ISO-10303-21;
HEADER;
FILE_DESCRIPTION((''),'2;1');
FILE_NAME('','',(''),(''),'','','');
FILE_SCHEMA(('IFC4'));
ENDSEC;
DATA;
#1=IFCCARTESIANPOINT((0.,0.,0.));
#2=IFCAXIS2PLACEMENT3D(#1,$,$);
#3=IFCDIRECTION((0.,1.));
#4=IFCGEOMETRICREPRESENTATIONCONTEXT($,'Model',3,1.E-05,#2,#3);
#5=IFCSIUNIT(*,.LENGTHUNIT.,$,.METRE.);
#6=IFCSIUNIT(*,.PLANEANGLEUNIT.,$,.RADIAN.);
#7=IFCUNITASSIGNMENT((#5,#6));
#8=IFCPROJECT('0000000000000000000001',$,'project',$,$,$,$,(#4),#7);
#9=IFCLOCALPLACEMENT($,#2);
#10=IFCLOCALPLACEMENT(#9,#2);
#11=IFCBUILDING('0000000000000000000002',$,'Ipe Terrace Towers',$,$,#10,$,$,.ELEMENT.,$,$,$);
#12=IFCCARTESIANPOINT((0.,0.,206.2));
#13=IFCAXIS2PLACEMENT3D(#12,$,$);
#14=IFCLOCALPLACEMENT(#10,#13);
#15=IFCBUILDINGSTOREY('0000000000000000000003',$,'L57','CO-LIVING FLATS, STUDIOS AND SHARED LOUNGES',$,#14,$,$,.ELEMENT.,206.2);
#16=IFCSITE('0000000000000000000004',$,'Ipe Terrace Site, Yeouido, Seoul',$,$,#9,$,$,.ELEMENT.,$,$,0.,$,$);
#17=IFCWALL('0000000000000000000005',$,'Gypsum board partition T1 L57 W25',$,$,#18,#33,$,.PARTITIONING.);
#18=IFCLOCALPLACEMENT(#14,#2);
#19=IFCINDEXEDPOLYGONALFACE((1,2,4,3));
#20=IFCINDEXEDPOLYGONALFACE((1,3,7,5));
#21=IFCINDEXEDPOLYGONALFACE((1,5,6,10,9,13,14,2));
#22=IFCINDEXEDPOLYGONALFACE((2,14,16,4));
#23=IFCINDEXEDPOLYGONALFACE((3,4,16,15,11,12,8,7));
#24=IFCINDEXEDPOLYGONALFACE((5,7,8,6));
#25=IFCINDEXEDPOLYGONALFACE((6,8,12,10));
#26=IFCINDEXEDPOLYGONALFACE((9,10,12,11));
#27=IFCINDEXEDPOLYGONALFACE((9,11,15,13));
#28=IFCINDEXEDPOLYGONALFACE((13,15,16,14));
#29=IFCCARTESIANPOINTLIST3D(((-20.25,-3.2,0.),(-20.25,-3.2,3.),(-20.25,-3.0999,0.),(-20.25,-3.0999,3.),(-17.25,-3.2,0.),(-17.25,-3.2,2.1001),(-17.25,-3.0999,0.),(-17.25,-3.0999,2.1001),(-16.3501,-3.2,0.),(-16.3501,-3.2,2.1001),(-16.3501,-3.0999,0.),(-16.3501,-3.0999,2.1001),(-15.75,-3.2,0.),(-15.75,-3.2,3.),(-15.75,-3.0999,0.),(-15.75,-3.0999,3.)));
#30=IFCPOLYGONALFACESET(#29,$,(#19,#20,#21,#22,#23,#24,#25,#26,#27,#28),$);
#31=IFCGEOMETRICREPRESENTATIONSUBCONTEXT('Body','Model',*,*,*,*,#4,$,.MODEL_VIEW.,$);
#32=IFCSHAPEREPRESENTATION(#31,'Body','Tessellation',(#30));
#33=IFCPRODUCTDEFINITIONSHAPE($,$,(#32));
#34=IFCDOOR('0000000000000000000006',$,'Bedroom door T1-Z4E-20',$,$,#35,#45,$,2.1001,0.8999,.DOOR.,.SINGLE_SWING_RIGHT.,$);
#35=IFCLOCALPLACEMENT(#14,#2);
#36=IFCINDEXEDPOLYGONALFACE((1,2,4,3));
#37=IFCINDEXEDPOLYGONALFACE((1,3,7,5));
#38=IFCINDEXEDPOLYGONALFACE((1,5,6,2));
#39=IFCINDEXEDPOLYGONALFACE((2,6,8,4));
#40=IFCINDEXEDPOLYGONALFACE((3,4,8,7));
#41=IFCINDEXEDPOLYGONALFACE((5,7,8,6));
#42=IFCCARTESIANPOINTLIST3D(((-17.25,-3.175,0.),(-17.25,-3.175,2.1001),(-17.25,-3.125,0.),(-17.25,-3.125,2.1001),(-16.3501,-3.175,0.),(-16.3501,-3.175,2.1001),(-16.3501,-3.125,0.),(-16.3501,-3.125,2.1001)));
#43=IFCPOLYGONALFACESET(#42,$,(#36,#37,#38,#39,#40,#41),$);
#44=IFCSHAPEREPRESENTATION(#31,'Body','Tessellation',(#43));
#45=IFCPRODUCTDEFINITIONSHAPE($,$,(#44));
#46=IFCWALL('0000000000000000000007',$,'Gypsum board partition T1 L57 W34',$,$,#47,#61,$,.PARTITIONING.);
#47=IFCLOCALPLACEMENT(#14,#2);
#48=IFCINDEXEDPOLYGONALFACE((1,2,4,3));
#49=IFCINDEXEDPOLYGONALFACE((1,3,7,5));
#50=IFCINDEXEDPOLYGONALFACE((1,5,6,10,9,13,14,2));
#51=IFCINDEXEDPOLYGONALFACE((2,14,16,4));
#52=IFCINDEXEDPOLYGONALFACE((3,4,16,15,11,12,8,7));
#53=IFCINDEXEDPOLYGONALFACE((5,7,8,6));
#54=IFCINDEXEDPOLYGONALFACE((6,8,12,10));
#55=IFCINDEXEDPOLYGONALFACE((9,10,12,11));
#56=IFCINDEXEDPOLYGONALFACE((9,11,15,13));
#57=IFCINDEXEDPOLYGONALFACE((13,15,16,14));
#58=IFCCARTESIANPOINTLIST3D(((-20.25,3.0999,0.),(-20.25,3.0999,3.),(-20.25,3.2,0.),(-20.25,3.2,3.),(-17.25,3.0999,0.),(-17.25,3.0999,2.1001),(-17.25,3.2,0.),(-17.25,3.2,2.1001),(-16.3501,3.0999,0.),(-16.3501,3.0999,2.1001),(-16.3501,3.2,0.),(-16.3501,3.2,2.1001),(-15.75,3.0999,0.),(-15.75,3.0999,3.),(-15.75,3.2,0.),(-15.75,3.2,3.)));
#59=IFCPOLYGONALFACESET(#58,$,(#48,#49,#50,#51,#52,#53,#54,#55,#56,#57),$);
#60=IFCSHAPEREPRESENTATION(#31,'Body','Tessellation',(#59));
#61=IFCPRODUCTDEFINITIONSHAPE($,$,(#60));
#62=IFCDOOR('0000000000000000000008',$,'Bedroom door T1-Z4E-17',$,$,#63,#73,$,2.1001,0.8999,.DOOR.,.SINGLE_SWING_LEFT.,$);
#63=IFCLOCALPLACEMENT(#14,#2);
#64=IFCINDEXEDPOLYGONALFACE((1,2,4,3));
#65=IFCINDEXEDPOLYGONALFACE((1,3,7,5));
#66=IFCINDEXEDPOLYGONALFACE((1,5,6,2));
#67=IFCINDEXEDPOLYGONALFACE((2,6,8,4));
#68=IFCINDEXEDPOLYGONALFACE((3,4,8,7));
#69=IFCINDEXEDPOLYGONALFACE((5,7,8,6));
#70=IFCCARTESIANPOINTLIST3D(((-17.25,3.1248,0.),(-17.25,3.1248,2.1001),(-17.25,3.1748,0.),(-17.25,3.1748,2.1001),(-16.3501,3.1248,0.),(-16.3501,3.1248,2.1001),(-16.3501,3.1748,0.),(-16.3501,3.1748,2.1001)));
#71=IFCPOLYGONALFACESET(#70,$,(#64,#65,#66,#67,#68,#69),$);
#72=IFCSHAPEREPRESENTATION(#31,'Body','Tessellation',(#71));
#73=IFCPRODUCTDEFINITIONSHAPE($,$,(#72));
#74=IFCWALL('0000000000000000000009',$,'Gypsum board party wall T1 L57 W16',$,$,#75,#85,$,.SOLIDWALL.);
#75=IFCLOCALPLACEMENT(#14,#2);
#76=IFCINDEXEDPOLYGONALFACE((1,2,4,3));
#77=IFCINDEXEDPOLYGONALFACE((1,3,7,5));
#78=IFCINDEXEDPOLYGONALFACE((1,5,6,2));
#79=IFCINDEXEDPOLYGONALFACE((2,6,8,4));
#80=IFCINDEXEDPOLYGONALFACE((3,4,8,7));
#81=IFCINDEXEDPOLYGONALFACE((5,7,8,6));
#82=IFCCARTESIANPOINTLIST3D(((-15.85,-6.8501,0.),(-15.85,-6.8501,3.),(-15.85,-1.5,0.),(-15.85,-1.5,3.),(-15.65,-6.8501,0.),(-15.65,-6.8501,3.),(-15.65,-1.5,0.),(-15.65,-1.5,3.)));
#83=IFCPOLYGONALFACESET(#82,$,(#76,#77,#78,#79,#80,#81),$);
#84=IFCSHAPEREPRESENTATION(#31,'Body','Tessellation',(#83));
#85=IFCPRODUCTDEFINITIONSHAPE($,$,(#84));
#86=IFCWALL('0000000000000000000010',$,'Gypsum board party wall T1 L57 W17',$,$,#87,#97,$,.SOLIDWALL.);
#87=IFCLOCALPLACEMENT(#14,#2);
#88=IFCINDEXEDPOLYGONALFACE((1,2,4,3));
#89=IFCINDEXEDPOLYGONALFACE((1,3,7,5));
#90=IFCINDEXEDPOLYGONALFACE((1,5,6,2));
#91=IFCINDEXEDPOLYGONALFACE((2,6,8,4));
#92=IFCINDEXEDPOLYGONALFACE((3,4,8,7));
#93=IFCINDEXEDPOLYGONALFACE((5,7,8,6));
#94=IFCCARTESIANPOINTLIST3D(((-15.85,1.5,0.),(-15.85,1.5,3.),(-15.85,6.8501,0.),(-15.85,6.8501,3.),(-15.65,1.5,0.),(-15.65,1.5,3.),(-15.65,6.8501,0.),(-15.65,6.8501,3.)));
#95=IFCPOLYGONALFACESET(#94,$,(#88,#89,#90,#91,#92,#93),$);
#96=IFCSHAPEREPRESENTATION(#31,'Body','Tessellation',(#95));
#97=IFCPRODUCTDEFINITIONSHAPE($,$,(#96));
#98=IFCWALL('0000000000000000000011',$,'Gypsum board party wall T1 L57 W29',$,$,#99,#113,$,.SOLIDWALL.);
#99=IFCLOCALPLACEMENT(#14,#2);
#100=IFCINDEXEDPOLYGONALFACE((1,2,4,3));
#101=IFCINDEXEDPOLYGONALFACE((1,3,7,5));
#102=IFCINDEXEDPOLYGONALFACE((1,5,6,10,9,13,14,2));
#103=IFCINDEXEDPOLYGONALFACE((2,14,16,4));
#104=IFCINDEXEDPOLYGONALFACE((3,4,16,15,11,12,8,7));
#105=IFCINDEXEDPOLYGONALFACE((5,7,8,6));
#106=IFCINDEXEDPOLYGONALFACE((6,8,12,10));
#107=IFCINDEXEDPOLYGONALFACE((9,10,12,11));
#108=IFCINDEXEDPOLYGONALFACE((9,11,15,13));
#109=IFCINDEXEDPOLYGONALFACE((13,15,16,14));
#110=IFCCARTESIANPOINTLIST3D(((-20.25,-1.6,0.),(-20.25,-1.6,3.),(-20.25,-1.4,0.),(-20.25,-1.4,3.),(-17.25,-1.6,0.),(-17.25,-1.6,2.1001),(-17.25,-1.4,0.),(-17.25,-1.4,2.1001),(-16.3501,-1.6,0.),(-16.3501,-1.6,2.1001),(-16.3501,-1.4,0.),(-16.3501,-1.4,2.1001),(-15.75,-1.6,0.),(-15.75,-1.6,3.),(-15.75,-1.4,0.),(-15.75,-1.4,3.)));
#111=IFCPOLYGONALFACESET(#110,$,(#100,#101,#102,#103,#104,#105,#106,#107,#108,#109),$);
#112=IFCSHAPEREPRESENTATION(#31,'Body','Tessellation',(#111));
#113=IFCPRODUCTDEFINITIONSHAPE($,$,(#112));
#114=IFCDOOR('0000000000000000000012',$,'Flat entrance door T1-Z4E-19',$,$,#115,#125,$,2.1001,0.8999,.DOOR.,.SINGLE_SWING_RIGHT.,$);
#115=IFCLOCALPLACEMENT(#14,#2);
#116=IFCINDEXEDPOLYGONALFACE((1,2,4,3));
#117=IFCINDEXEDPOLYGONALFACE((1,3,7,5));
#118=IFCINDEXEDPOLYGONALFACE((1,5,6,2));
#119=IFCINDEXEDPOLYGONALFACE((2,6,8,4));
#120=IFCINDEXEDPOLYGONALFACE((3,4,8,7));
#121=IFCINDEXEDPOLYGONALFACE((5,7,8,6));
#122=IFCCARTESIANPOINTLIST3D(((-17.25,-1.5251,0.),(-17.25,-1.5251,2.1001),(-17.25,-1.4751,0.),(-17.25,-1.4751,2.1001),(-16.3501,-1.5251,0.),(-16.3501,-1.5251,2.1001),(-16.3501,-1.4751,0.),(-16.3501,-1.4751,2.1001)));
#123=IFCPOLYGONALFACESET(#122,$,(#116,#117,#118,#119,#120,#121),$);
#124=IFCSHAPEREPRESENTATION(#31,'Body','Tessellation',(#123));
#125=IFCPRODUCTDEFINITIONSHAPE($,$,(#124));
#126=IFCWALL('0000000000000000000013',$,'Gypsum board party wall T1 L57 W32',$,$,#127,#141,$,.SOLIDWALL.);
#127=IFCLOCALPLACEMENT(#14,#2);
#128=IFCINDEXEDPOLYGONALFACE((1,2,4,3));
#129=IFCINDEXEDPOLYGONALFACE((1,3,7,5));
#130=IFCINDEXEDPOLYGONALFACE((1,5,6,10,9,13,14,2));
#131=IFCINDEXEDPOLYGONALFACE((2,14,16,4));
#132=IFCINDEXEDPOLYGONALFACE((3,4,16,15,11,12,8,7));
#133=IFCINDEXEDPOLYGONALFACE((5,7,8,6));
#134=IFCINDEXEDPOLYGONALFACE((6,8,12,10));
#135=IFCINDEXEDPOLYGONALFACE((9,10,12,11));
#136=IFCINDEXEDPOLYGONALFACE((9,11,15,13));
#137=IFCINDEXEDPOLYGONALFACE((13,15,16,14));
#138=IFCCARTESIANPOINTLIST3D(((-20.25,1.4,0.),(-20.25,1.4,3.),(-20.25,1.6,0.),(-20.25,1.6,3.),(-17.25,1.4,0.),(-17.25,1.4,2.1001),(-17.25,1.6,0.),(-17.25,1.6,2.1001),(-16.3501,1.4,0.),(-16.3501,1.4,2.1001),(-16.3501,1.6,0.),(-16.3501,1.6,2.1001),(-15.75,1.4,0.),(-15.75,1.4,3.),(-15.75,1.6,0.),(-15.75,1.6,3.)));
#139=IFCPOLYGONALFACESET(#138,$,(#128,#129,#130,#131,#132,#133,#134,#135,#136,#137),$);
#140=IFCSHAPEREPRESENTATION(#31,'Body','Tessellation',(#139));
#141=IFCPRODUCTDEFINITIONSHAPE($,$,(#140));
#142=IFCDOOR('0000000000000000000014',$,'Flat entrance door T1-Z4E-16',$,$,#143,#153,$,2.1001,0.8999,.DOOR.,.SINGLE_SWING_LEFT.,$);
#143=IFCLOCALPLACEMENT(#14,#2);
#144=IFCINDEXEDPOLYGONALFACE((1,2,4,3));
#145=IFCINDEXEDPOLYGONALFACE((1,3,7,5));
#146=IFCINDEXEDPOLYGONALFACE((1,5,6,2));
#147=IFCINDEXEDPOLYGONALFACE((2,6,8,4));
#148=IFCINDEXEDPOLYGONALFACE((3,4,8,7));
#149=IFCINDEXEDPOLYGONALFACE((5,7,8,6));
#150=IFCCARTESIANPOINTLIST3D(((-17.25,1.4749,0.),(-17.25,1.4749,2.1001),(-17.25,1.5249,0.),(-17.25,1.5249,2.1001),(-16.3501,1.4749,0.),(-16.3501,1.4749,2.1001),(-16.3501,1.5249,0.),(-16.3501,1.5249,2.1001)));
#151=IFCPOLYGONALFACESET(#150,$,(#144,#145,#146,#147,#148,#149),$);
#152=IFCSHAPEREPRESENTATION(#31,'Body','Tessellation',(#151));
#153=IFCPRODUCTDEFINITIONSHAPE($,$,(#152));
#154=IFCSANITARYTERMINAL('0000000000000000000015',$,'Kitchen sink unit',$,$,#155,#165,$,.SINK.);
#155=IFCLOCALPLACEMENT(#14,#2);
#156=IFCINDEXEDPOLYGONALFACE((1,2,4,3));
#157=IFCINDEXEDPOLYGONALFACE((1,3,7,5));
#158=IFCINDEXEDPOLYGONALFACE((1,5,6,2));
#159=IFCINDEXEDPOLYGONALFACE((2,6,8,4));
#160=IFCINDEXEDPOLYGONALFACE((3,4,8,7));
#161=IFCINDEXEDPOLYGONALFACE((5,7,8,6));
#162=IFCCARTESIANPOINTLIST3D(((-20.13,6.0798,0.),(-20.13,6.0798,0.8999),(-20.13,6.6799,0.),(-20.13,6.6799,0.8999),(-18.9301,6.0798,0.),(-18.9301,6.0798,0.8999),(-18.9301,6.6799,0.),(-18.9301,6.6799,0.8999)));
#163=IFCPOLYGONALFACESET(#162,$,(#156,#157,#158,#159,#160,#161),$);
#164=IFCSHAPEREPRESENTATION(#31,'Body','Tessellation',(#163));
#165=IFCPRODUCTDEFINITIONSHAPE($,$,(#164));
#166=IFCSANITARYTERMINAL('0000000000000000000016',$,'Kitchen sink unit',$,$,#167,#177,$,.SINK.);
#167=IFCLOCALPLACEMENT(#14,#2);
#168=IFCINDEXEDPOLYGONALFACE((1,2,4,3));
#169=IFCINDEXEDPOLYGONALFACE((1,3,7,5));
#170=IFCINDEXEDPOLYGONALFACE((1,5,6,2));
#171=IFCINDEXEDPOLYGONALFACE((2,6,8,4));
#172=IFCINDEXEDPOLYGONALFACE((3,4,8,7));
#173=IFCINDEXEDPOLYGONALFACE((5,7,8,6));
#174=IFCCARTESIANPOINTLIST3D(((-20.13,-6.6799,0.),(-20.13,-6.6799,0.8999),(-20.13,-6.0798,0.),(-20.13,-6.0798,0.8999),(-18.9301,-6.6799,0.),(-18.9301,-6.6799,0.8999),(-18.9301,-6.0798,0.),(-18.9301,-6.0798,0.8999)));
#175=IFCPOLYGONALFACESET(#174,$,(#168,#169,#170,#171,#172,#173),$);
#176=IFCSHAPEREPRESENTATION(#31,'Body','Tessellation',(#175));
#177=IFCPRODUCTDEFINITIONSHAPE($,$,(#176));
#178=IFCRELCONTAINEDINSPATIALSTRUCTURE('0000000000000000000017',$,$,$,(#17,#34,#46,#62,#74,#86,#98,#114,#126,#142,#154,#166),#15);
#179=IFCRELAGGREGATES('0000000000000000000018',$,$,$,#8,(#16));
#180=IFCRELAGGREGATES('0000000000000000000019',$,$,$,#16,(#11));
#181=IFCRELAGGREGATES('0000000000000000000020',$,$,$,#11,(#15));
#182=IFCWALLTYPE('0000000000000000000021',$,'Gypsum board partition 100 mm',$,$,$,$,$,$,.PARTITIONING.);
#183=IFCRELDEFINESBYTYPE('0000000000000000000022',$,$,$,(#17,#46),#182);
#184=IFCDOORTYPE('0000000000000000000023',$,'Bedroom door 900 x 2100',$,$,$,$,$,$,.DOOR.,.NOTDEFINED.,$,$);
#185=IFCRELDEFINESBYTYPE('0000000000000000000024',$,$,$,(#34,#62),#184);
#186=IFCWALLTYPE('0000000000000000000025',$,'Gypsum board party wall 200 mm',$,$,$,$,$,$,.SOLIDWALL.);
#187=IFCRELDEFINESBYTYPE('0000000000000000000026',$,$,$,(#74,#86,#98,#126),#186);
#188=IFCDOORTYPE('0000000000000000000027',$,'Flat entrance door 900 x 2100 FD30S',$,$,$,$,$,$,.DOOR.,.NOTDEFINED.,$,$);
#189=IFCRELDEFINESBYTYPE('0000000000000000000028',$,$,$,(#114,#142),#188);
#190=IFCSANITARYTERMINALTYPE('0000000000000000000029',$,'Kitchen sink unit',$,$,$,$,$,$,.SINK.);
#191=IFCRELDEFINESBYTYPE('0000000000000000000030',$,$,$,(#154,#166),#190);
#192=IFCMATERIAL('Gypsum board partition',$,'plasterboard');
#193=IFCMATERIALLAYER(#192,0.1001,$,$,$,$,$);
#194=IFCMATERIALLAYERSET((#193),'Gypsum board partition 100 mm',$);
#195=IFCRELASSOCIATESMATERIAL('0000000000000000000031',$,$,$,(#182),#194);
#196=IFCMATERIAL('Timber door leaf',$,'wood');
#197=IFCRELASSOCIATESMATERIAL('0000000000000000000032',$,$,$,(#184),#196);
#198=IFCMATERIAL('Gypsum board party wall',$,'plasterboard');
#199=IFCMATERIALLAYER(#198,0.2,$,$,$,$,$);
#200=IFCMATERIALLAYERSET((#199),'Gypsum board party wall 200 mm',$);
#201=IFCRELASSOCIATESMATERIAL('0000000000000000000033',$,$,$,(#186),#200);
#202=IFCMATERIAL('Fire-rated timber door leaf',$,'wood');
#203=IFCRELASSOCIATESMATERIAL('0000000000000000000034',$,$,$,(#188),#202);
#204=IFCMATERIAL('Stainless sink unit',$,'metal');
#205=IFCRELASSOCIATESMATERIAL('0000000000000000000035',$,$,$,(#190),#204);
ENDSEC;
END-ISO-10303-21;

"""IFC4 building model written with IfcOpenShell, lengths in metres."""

from ifc_helpers import new_model, si_unit, direction, frame, frame_2d, origin, origin_2d, place, context, subcontext, project, spatial, rectangle, extrude, material, layer, layer_set, type_object, element, fill, save


model = new_model("IFC4")

# Units and contexts
model_context = context("Model", 3, precision=1e-05, world=origin(), true_north=direction((0.0, 1.0)))
body_context = subcontext(model_context, "Body", "Model", "MODEL_VIEW")
ifc_project = project(units=[si_unit("LENGTHUNIT", "METRE"), si_unit("PLANEANGLEUNIT", "RADIAN")], contexts=[model_context])

# Site, building, storey
site_placement = place(None, origin())
site = spatial("IfcSite", under=ifc_project, at=site_placement, Name="Ipe Terrace Site, Yeouido, Seoul", CompositionType="ELEMENT", RefElevation=0.0)
building_placement = place(site_placement, origin())
building = spatial("IfcBuilding", under=site, at=building_placement, Name="Ipe Terrace Towers", CompositionType="ELEMENT")
storey_placement = place(building_placement, frame((0.0, 0.0, 206.2)))
storey = spatial("IfcBuildingStorey", under=building, at=storey_placement, Name="L57", Description="CO-LIVING FLATS, STUDIOS AND SHARED LOUNGES", CompositionType="ELEMENT", Elevation=206.2)

# Walls, openings, doors
ifc_material_1 = material(Name="Gypsum board partition", Category="plasterboard")
ifc_layer_1 = layer(ifc_material_1, 0.1001)
ifc_layer_set_1 = layer_set([ifc_layer_1], Name="Gypsum board partition 100 mm")
wall_type_1 = type_object("IfcWallType", Name="Gypsum board partition 100 mm", PredefinedType="PARTITIONING", material=ifc_layer_set_1)
wall_1_placement = place(storey_placement, frame((-20.25, -3.1499, 0.0), z_axis=(0.0, 0.0, 1.0), x_axis=(1.0, 0.0, 0.0)))
wall_1 = element("IfcWall", 1, at=wall_1_placement, inside=storey, type_object=wall_type_1, Name="Gypsum board partition T1 L57 W25", PredefinedType="PARTITIONING", context=body_context, shape_type="SweptSolid", body=[
    extrude(rectangle(XDim=4.5, YDim=0.1001, at=frame_2d((2.25, 0.0))), origin(), (0.0, 0.0, 1.0), 3.0),
])
opening_1_placement = place(wall_1_placement, frame((3.0, 0.0, 0.0)))
opening_1 = element("IfcOpeningElement", 2, at=opening_1_placement, cuts=wall_1, PredefinedType="OPENING", context=body_context, shape_type="SweptSolid", body=[
    extrude(rectangle(XDim=0.8999, YDim=2.1001, at=frame_2d((0.45, 1.05))), frame((0.0, 0.0601, 0.0), z_axis=(0.0, -1.0, 0.0), x_axis=(1.0, 0.0, 0.0)), (0.0, 0.0, 1.0), 0.1201),
])
ifc_material_2 = material(Name="Timber door leaf", Category="wood")
door_type_1 = type_object("IfcDoorType", Name="Bedroom door 900 x 2100", OperationType="NOTDEFINED", PredefinedType="DOOR", material=ifc_material_2)
door_1_placement = place(opening_1_placement, origin())
door_1 = element("IfcDoor", 3, at=door_1_placement, inside=storey, type_object=door_type_1, Name="Bedroom door T1-Z4E-20", OperationType="SINGLE_SWING_RIGHT", OverallHeight=2.1001, OverallWidth=0.8999, PredefinedType="DOOR", context=body_context, shape_type="SweptSolid", body=[
    extrude(rectangle(XDim=0.8999, YDim=2.1001, at=frame_2d((0.45, 1.05))), frame((0.0, 0.0249, 0.0), z_axis=(0.0, -1.0, 0.0), x_axis=(1.0, 0.0, 0.0)), (0.0, 0.0, 1.0), 0.05),
])
fill(opening_1, door_1)
wall_2_placement = place(storey_placement, frame((-20.25, 3.1499, 0.0), z_axis=(0.0, 0.0, 1.0), x_axis=(1.0, 0.0, 0.0)))
wall_2 = element("IfcWall", 4, at=wall_2_placement, inside=storey, type_object=wall_type_1, Name="Gypsum board partition T1 L57 W34", PredefinedType="PARTITIONING", context=body_context, shape_type="SweptSolid", body=[
    extrude(rectangle(XDim=4.5, YDim=0.1001, at=frame_2d((2.25, 0.0))), origin(), (0.0, 0.0, 1.0), 3.0),
])
opening_2_placement = place(wall_2_placement, frame((3.0, 0.0, 0.0)))
opening_2 = element("IfcOpeningElement", 5, at=opening_2_placement, cuts=wall_2, PredefinedType="OPENING", context=body_context, shape_type="SweptSolid", body=[
    extrude(rectangle(XDim=0.8999, YDim=2.1001, at=frame_2d((0.45, 1.05))), frame((0.0, 0.0601, 0.0), z_axis=(0.0, -1.0, 0.0), x_axis=(1.0, 0.0, 0.0)), (0.0, 0.0, 1.0), 0.1201),
])
door_2_placement = place(opening_2_placement, origin())
door_2 = element("IfcDoor", 6, at=door_2_placement, inside=storey, type_object=door_type_1, Name="Bedroom door T1-Z4E-17", OperationType="SINGLE_SWING_LEFT", OverallHeight=2.1001, OverallWidth=0.8999, PredefinedType="DOOR", context=body_context, shape_type="SweptSolid", body=[
    extrude(rectangle(XDim=0.8999, YDim=2.1001, at=frame_2d((0.45, 1.05))), frame((0.0, 0.0249, 0.0), z_axis=(0.0, -1.0, 0.0), x_axis=(1.0, 0.0, 0.0)), (0.0, 0.0, 1.0), 0.05),
])
fill(opening_2, door_2)

# Walls
ifc_material_3 = material(Name="Gypsum board party wall", Category="plasterboard")
ifc_layer_2 = layer(ifc_material_3, 0.2)
ifc_layer_set_2 = layer_set([ifc_layer_2], Name="Gypsum board party wall 200 mm")
wall_type_2 = type_object("IfcWallType", Name="Gypsum board party wall 200 mm", PredefinedType="SOLIDWALL", material=ifc_layer_set_2)
for number, where, z_axis, x_axis, name in (
    (7, (-15.75, -6.8501, 0.0), (0.0, 0.0, 1.0), (0.0, 1.0, 0.0), "Gypsum board party wall T1 L57 W16"),
    (8, (-15.75, 1.5, 0.0), (0.0, 0.0, 1.0), (0.0, 1.0, 0.0), "Gypsum board party wall T1 L57 W17"),
):
    element("IfcWall", number, at=place(storey_placement, frame(where, z_axis=z_axis, x_axis=x_axis)), inside=storey, type_object=wall_type_2, Name=name, PredefinedType="SOLIDWALL", context=body_context, shape_type="SweptSolid", body=[
        extrude(rectangle(XDim=5.3501, YDim=0.2, at=frame_2d((2.675, 0.0))), origin(), (0.0, 0.0, 1.0), 3.0),
    ])

# Walls, openings, doors
wall_3_placement = place(storey_placement, frame((-20.25, -1.5, 0.0), z_axis=(0.0, 0.0, 1.0), x_axis=(1.0, 0.0, 0.0)))
wall_3 = element("IfcWall", 9, at=wall_3_placement, inside=storey, type_object=wall_type_2, Name="Gypsum board party wall T1 L57 W29", PredefinedType="SOLIDWALL", context=body_context, shape_type="SweptSolid", body=[
    extrude(rectangle(XDim=4.5, YDim=0.2, at=frame_2d((2.25, 0.0))), origin(), (0.0, 0.0, 1.0), 3.0),
])
opening_3_placement = place(wall_3_placement, frame((3.0, 0.0, 0.0)))
opening_3 = element("IfcOpeningElement", 10, at=opening_3_placement, cuts=wall_3, PredefinedType="OPENING", context=body_context, shape_type="SweptSolid", body=[
    extrude(rectangle(XDim=0.8999, YDim=2.1001, at=frame_2d((0.45, 1.05))), frame((0.0, 0.1099, 0.0), z_axis=(0.0, -1.0, 0.0), x_axis=(1.0, 0.0, 0.0)), (0.0, 0.0, 1.0), 0.22),
])
ifc_material_4 = material(Name="Fire-rated timber door leaf", Category="wood")
door_type_2 = type_object("IfcDoorType", Name="Flat entrance door 900 x 2100 FD30S", OperationType="NOTDEFINED", PredefinedType="DOOR", material=ifc_material_4)
door_3_placement = place(opening_3_placement, origin())
door_3 = element("IfcDoor", 11, at=door_3_placement, inside=storey, type_object=door_type_2, Name="Flat entrance door T1-Z4E-19", OperationType="SINGLE_SWING_RIGHT", OverallHeight=2.1001, OverallWidth=0.8999, PredefinedType="DOOR", context=body_context, shape_type="SweptSolid", body=[
    extrude(rectangle(XDim=0.8999, YDim=2.1001, at=frame_2d((0.45, 1.05))), frame((0.0, 0.0249, 0.0), z_axis=(0.0, -1.0, 0.0), x_axis=(1.0, 0.0, 0.0)), (0.0, 0.0, 1.0), 0.05),
])
fill(opening_3, door_3)
wall_4_placement = place(storey_placement, frame((-20.25, 1.5, 0.0), z_axis=(0.0, 0.0, 1.0), x_axis=(1.0, 0.0, 0.0)))
wall_4 = element("IfcWall", 12, at=wall_4_placement, inside=storey, type_object=wall_type_2, Name="Gypsum board party wall T1 L57 W32", PredefinedType="SOLIDWALL", context=body_context, shape_type="SweptSolid", body=[
    extrude(rectangle(XDim=4.5, YDim=0.2, at=frame_2d((2.25, 0.0))), origin(), (0.0, 0.0, 1.0), 3.0),
])
opening_4_placement = place(wall_4_placement, frame((3.0, 0.0, 0.0)))
opening_4 = element("IfcOpeningElement", 13, at=opening_4_placement, cuts=wall_4, PredefinedType="OPENING", context=body_context, shape_type="SweptSolid", body=[
    extrude(rectangle(XDim=0.8999, YDim=2.1001, at=frame_2d((0.45, 1.05))), frame((0.0, 0.1099, 0.0), z_axis=(0.0, -1.0, 0.0), x_axis=(1.0, 0.0, 0.0)), (0.0, 0.0, 1.0), 0.22),
])
door_4_placement = place(opening_4_placement, origin())
door_4 = element("IfcDoor", 14, at=door_4_placement, inside=storey, type_object=door_type_2, Name="Flat entrance door T1-Z4E-16", OperationType="SINGLE_SWING_LEFT", OverallHeight=2.1001, OverallWidth=0.8999, PredefinedType="DOOR", context=body_context, shape_type="SweptSolid", body=[
    extrude(rectangle(XDim=0.8999, YDim=2.1001, at=frame_2d((0.45, 1.05))), frame((0.0, 0.0249, 0.0), z_axis=(0.0, -1.0, 0.0), x_axis=(1.0, 0.0, 0.0)), (0.0, 0.0, 1.0), 0.05),
])
fill(opening_4, door_4)

# Sanitary terminals
ifc_material_5 = material(Name="Stainless sink unit", Category="metal")
sanitary_terminal_type_1 = type_object("IfcSanitaryTerminalType", Name="Kitchen sink unit", PredefinedType="SINK", material=ifc_material_5)
for number, where, z_axis, x_axis, name in (
    (15, (-19.53, 6.3799, 0.0), (0.0, 0.0, 1.0), (1.0, 0.0, 0.0), "Kitchen sink unit"),
    (16, (-19.53, -6.3799, 0.0), (0.0, 0.0, 1.0), (-1.0, 0.0, 0.0), "Kitchen sink unit"),
):
    element("IfcSanitaryTerminal", number, at=place(storey_placement, frame(where, z_axis=z_axis, x_axis=x_axis)), inside=storey, type_object=sanitary_terminal_type_1, Name=name, PredefinedType="SINK", context=body_context, shape_type="SweptSolid", body=[
        extrude(rectangle(XDim=1.2, YDim=0.6001, at=origin_2d()), origin(), (0.0, 0.0, 1.0), 0.8999),
    ])

save(model, "model.ifc")
